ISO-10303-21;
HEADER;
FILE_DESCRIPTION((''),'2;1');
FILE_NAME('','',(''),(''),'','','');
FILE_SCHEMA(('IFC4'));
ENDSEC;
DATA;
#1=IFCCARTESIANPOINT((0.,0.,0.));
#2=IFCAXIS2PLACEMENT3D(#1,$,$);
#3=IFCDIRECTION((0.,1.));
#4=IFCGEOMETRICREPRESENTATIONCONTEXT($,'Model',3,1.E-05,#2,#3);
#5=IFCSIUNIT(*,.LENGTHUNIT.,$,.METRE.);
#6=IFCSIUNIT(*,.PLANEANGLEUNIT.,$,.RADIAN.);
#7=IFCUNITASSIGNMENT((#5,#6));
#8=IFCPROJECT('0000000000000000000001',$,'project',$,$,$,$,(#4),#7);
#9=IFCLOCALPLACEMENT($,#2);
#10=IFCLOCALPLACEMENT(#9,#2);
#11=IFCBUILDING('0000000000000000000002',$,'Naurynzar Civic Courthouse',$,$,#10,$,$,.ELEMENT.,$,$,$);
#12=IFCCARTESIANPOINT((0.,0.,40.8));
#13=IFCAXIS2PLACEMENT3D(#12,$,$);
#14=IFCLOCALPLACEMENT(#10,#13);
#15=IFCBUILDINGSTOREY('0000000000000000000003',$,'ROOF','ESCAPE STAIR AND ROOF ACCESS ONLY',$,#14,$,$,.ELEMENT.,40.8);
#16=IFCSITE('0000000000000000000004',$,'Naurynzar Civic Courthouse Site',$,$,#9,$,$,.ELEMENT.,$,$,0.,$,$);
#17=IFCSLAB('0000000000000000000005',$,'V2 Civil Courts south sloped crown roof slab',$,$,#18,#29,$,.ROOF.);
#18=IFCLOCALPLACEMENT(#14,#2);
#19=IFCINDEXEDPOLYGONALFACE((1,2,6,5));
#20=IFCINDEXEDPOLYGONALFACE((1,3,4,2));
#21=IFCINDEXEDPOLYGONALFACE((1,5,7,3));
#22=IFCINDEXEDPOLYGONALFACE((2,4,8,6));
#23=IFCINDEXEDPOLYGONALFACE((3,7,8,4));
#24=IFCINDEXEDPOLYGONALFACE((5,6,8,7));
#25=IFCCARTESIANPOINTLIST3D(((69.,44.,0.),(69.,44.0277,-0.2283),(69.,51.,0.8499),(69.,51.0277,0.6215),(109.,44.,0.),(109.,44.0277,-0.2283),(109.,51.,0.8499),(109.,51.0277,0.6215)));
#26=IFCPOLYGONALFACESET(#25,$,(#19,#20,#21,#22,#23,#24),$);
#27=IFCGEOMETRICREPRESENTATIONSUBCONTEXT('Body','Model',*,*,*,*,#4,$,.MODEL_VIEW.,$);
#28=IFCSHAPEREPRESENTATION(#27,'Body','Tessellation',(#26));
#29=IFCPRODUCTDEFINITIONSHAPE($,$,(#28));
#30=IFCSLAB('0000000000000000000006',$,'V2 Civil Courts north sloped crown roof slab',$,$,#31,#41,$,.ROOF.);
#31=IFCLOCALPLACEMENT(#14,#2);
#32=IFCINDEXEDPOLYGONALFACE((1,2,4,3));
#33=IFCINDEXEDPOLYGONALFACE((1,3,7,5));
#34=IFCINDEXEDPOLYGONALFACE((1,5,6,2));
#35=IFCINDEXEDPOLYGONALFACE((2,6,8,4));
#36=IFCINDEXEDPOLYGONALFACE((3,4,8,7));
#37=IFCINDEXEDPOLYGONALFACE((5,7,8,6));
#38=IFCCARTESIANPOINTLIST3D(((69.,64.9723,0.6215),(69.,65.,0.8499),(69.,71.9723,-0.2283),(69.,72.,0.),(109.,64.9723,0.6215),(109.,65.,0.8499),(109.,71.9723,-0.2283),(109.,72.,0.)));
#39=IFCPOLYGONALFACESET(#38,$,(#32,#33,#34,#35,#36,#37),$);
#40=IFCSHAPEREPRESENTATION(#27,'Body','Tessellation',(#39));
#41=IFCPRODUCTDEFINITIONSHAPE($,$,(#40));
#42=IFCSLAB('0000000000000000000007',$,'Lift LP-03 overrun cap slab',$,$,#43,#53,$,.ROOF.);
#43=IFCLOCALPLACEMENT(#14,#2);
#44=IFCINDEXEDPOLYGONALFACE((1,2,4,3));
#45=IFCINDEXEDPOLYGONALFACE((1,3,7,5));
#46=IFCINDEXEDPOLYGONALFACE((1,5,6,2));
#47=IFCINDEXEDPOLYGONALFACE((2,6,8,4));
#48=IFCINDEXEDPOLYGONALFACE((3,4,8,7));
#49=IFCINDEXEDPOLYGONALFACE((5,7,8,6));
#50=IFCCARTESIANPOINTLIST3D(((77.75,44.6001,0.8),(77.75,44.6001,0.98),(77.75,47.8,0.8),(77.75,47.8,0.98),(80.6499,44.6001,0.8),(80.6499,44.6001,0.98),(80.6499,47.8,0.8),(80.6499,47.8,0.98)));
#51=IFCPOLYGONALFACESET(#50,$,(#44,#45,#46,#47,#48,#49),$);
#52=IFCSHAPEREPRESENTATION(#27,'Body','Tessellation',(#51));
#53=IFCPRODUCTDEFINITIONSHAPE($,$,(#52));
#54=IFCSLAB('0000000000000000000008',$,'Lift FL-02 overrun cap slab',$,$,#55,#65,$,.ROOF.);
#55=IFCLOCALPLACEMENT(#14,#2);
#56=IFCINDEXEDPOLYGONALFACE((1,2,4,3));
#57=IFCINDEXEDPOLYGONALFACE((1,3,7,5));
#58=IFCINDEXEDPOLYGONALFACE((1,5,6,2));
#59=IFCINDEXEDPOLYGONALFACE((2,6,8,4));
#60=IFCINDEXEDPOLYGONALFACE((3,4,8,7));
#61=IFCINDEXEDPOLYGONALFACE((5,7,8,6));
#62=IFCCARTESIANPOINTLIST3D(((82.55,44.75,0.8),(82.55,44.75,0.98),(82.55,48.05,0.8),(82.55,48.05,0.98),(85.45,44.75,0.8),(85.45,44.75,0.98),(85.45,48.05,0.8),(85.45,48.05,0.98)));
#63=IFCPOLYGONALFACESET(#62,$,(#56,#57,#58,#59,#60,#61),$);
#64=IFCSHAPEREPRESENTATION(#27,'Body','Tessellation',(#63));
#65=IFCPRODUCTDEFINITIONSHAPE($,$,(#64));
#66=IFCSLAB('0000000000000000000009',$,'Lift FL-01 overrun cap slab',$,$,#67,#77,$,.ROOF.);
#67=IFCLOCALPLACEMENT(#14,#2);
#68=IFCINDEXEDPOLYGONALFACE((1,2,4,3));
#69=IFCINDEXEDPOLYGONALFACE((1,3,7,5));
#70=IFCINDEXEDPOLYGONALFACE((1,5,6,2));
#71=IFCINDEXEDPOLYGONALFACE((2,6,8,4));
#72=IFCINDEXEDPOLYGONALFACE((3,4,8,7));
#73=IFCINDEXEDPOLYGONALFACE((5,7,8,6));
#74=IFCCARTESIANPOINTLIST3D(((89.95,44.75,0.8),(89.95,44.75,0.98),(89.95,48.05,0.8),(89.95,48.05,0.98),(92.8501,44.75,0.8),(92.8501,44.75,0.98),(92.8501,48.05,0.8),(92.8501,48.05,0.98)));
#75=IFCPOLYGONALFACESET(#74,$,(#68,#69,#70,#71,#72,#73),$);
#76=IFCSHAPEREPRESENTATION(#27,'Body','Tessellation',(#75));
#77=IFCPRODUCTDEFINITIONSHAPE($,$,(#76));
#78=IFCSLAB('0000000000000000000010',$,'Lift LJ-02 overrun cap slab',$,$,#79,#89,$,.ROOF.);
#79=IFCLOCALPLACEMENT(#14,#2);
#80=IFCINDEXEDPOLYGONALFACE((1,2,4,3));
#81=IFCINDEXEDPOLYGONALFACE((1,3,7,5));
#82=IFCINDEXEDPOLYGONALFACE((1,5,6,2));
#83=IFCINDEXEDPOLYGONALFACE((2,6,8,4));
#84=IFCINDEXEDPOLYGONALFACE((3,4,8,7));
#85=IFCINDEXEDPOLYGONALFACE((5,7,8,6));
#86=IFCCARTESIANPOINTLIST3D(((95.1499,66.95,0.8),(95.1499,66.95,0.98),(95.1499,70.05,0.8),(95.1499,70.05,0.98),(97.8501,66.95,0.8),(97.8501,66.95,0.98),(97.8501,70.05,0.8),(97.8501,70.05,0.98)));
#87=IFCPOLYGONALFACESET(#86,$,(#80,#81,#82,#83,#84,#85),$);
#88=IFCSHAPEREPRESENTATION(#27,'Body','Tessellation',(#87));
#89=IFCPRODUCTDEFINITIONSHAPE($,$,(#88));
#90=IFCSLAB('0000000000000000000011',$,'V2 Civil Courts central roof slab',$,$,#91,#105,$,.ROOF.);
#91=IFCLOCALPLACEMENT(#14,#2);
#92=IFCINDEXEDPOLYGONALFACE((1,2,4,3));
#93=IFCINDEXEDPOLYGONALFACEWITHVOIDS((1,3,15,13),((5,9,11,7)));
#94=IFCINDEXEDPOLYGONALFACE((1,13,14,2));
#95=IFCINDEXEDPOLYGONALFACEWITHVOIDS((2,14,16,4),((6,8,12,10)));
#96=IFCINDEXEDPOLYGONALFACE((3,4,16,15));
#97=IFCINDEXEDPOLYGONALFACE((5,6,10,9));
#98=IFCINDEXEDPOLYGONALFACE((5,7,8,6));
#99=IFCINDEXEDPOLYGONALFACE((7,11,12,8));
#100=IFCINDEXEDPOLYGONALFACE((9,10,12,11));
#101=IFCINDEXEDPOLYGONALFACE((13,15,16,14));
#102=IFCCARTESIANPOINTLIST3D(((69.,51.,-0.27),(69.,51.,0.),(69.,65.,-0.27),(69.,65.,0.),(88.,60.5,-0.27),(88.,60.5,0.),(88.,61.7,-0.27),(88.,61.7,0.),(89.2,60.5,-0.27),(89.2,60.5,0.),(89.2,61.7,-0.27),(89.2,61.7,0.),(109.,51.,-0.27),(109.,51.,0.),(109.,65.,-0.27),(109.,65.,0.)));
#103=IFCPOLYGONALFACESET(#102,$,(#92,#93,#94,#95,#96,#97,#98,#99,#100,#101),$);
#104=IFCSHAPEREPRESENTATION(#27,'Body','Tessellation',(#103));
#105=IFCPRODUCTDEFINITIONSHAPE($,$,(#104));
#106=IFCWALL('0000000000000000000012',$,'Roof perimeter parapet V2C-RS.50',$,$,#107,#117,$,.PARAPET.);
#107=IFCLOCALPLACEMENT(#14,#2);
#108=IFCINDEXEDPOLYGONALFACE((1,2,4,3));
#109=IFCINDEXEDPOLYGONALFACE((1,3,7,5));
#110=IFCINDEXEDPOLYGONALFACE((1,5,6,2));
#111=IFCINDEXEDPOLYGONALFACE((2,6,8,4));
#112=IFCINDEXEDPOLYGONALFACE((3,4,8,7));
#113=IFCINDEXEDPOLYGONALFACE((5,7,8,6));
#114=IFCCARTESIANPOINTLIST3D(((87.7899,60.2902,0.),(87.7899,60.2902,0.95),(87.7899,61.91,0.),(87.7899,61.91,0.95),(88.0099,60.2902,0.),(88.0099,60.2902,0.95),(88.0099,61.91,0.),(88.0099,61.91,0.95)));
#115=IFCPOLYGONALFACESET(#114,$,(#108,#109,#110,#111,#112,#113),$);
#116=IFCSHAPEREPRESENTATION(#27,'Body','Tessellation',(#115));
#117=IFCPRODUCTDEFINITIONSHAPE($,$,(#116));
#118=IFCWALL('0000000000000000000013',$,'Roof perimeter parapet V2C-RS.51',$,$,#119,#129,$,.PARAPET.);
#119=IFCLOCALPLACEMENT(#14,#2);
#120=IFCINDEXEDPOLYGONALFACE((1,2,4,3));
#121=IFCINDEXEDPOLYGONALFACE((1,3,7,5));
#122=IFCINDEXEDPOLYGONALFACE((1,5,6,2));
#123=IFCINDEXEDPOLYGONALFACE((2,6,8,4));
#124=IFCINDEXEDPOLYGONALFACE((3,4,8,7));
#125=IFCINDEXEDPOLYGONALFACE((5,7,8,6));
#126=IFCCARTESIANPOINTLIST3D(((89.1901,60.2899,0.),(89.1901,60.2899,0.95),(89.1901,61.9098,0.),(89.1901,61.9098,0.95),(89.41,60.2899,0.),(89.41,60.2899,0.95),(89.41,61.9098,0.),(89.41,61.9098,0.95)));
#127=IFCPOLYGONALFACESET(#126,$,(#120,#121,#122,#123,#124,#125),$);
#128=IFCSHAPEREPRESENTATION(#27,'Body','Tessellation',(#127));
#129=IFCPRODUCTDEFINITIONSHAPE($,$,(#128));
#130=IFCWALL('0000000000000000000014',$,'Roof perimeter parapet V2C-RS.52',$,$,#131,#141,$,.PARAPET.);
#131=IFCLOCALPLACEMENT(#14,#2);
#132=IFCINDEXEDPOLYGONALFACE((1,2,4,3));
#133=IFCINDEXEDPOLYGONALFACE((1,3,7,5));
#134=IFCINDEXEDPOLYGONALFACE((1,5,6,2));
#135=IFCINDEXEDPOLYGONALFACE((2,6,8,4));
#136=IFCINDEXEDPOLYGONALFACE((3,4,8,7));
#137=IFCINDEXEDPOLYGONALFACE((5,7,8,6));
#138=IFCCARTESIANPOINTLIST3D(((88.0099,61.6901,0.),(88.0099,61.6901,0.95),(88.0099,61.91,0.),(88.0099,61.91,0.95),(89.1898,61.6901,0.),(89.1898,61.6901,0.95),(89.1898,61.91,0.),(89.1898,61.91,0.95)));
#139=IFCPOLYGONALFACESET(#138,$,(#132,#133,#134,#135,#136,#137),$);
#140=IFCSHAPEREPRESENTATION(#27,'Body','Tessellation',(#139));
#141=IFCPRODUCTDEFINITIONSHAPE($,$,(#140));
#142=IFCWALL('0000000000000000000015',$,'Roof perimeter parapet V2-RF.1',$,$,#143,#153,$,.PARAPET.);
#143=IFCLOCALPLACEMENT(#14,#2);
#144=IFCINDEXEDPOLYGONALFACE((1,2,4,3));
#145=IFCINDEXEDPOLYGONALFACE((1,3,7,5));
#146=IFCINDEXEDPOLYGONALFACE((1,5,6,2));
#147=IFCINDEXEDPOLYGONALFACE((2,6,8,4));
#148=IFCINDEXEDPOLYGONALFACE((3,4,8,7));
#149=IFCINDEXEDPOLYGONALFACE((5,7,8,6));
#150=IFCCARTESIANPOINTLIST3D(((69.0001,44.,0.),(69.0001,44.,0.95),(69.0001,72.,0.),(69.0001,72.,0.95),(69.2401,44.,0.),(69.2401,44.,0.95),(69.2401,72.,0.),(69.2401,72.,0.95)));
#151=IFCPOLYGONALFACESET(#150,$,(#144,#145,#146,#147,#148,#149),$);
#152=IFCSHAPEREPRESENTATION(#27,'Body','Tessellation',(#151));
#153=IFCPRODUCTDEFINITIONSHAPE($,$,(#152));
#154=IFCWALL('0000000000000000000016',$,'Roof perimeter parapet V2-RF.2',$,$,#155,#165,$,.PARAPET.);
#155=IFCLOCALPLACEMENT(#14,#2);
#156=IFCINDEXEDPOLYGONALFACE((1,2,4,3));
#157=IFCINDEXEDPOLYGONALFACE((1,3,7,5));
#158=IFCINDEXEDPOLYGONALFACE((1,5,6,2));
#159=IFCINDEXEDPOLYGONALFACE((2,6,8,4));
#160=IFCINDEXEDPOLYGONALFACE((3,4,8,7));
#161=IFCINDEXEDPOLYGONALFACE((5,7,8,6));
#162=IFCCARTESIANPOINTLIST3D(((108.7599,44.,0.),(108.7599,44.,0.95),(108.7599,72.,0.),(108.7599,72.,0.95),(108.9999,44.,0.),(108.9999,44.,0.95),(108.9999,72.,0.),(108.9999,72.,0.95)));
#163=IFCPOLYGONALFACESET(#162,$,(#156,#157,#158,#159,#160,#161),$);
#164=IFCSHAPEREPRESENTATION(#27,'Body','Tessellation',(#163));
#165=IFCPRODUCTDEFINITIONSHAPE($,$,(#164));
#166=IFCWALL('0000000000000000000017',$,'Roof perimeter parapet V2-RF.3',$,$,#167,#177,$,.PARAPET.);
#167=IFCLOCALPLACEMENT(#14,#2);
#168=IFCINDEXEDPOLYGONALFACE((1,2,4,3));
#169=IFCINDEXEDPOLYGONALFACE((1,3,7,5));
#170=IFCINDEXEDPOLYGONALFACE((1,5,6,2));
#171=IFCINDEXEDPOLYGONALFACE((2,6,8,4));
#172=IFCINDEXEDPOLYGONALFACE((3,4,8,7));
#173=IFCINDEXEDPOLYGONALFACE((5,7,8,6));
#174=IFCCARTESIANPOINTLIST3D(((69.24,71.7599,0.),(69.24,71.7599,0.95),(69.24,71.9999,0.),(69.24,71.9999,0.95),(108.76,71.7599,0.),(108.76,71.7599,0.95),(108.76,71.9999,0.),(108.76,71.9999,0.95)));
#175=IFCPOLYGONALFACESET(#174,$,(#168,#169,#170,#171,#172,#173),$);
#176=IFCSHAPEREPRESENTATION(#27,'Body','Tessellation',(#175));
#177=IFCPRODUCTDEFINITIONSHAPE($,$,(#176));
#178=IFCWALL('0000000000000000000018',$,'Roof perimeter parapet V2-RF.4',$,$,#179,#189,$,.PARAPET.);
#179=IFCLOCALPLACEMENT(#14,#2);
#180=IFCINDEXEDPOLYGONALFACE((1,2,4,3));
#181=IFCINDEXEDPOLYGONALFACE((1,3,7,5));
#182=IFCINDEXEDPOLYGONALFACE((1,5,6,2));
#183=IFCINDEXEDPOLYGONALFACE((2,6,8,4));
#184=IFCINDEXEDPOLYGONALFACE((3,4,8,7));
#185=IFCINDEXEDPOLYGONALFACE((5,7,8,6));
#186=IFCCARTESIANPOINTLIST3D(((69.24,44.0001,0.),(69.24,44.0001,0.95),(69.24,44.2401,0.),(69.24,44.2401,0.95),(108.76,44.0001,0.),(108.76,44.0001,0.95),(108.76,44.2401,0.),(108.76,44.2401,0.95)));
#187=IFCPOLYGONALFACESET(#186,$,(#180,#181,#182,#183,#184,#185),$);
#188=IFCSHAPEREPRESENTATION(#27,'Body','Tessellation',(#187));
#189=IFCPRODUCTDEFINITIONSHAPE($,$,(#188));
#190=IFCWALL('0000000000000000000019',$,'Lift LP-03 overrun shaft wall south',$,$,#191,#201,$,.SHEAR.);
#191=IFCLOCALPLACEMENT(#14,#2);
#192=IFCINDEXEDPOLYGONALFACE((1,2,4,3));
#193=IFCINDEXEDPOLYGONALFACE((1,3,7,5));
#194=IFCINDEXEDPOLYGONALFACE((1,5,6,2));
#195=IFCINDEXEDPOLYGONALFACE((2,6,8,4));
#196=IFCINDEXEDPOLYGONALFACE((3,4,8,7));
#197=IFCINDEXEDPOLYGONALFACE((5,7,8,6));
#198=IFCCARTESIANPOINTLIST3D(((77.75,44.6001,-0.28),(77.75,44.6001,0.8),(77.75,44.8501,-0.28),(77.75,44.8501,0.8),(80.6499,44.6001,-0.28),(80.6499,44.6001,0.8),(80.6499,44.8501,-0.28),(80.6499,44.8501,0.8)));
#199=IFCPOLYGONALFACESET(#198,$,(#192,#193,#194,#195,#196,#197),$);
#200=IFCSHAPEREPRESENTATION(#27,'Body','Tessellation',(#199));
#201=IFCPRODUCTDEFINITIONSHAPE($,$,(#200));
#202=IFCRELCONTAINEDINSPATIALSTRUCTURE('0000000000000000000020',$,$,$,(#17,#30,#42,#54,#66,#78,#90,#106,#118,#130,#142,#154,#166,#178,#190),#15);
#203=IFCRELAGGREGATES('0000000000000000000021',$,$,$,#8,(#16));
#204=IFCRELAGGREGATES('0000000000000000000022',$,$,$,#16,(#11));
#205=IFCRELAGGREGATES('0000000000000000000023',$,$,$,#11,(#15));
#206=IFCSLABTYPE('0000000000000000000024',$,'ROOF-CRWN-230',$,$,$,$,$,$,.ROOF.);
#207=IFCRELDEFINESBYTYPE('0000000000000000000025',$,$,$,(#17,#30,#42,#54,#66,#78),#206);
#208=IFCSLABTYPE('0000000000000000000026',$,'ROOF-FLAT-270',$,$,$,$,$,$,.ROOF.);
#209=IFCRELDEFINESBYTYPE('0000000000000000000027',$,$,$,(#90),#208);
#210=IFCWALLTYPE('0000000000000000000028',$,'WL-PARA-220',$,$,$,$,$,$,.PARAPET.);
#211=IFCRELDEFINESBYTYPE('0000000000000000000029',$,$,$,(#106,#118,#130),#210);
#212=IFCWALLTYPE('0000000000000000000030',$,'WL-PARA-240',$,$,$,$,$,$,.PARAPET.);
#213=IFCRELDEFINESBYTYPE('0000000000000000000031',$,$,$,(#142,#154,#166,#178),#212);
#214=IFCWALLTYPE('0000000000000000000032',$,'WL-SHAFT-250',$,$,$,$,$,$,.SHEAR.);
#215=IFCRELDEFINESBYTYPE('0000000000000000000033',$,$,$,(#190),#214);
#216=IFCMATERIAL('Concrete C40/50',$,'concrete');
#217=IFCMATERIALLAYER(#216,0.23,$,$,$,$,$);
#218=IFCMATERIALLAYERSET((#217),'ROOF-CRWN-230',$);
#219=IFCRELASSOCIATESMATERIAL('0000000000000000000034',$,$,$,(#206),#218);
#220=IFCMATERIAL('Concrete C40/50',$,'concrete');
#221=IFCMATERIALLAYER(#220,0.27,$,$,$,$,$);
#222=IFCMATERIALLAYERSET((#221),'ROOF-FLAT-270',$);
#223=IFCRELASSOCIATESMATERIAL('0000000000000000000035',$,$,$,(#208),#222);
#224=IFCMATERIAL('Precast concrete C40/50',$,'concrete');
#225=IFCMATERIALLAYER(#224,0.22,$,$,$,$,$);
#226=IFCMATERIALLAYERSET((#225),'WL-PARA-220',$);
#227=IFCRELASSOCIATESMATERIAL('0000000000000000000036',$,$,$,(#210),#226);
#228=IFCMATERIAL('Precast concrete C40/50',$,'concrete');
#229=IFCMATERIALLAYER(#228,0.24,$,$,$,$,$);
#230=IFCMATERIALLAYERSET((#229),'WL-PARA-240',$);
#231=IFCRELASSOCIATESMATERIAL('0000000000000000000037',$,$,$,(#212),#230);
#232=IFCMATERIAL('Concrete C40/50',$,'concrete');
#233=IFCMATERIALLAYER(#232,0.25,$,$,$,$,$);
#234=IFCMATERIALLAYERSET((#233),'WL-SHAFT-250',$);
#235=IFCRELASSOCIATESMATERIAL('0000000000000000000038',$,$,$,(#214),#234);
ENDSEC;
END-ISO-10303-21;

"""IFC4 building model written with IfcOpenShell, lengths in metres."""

from ifc_helpers import new_model, si_unit, direction, frame, frame_2d, origin, place, context, subcontext, project, spatial, polyline, rectangle, outline, extrude, material, layer, layer_set, type_object, element, save


model = new_model("IFC4")

# Units and contexts
model_context = context("Model", 3, precision=1e-05, world=origin(), true_north=direction((0.0, 1.0)))
body_context = subcontext(model_context, "Body", "Model", "MODEL_VIEW")
ifc_project = project(units=[si_unit("LENGTHUNIT", "METRE"), si_unit("PLANEANGLEUNIT", "RADIAN")], contexts=[model_context])

# Site, building, storey
site_placement = place(None, origin())
site = spatial("IfcSite", under=ifc_project, at=site_placement, Name="Naurynzar Civic Courthouse Site", CompositionType="ELEMENT", RefElevation=0.0)
building_placement = place(site_placement, origin())
building = spatial("IfcBuilding", under=site, at=building_placement, Name="Naurynzar Civic Courthouse", CompositionType="ELEMENT")
storey_placement = place(building_placement, frame((0.0, 0.0, 40.8)))
storey = spatial("IfcBuildingStorey", under=building, at=storey_placement, Name="ROOF", Description="ESCAPE STAIR AND ROOF ACCESS ONLY", CompositionType="ELEMENT", Elevation=40.8)

# Slabs
ifc_material_1 = material(Name="Concrete C40/50", Category="concrete")
ifc_layer_1 = layer(ifc_material_1, 0.23)
ifc_layer_set_1 = layer_set([ifc_layer_1], Name="ROOF-CRWN-230")
slab_type_1 = type_object("IfcSlabType", Name="ROOF-CRWN-230", PredefinedType="ROOF", material=ifc_layer_set_1)
for number, where, z_axis, x_axis, name in (
    (1, (69.0, 44.0, 0.0), (0.0, -0.120523, 0.992711), (1.0, 0.0, 0.0), "V2 Civil Courts south sloped crown roof slab"),
    (2, (69.0, 65.0, 0.8499), (0.0, 0.120523, 0.992711), (1.0, 0.0, 0.0), "V2 Civil Courts north sloped crown roof slab"),
):
    element("IfcSlab", number, at=place(storey_placement, frame(where, z_axis=z_axis, x_axis=x_axis)), inside=storey, type_object=slab_type_1, Name=name, PredefinedType="ROOF", context=body_context, shape_type="SweptSolid", body=[
        extrude(outline(polyline([(0.0, 0.0), (40.0, 0.0), (40.0, 7.0514), (0.0, 7.0514), (0.0, 0.0)])), origin(), (0.0, 0.0, -1.0), 0.23),
    ])
slab_1_placement = place(storey_placement, frame((0.0, 0.0, 0.8)))
element("IfcSlab", 3, at=slab_1_placement, inside=storey, type_object=slab_type_1, Name="Lift LP-03 overrun cap slab", PredefinedType="ROOF", context=body_context, shape_type="SweptSolid", body=[
    extrude(outline(polyline([(77.75, 44.6001), (80.6499, 44.6001), (80.6499, 47.8), (77.75, 47.8), (77.75, 44.6001)])), origin(), (0.0, 0.0, 1.0), 0.1799),
])
slab_2_placement = place(storey_placement, frame((0.0, 0.0, 0.8)))
element("IfcSlab", 4, at=slab_2_placement, inside=storey, type_object=slab_type_1, Name="Lift FL-02 overrun cap slab", PredefinedType="ROOF", context=body_context, shape_type="SweptSolid", body=[
    extrude(outline(polyline([(82.55, 44.75), (85.45, 44.75), (85.45, 48.05), (82.55, 48.05), (82.55, 44.75)])), origin(), (0.0, 0.0, 1.0), 0.1799),
])
slab_3_placement = place(storey_placement, frame((0.0, 0.0, 0.8)))
element("IfcSlab", 5, at=slab_3_placement, inside=storey, type_object=slab_type_1, Name="Lift FL-01 overrun cap slab", PredefinedType="ROOF", context=body_context, shape_type="SweptSolid", body=[
    extrude(outline(polyline([(89.95, 44.75), (92.8501, 44.75), (92.8501, 48.05), (89.95, 48.05), (89.95, 44.75)])), origin(), (0.0, 0.0, 1.0), 0.1799),
])
slab_4_placement = place(storey_placement, frame((0.0, 0.0, 0.8)))
element("IfcSlab", 6, at=slab_4_placement, inside=storey, type_object=slab_type_1, Name="Lift LJ-02 overrun cap slab", PredefinedType="ROOF", context=body_context, shape_type="SweptSolid", body=[
    extrude(outline(polyline([(95.1499, 66.95), (97.8501, 66.95), (97.8501, 70.05), (95.1499, 70.05), (95.1499, 66.95)])), origin(), (0.0, 0.0, 1.0), 0.1799),
])
ifc_material_2 = material(Name="Concrete C40/50", Category="concrete")
ifc_layer_2 = layer(ifc_material_2, 0.27)
ifc_layer_set_2 = layer_set([ifc_layer_2], Name="ROOF-FLAT-270")
slab_type_2 = type_object("IfcSlabType", Name="ROOF-FLAT-270", PredefinedType="ROOF", material=ifc_layer_set_2)
slab_5_placement = place(storey_placement, frame((0.0, 0.0, -0.27)))
element("IfcSlab", 7, at=slab_5_placement, inside=storey, type_object=slab_type_2, Name="V2 Civil Courts central roof slab", PredefinedType="ROOF", context=body_context, shape_type="SweptSolid", body=[
    extrude(outline(polyline([(69.0, 51.0), (109.0, 51.0), (109.0, 65.0), (69.0, 65.0), (69.0, 51.0)]), holes=[polyline([(88.0, 60.5), (89.2, 60.5), (89.2, 61.7), (88.0, 61.7), (88.0, 60.5)])]), origin(), (0.0, 0.0, 1.0), 0.27),
])

# Walls
ifc_material_3 = material(Name="Precast concrete C40/50", Category="concrete")
ifc_layer_3 = layer(ifc_material_3, 0.22)
ifc_layer_set_3 = layer_set([ifc_layer_3], Name="WL-PARA-220")
wall_type_1 = type_object("IfcWallType", Name="WL-PARA-220", PredefinedType="PARAPET", material=ifc_layer_set_3)
for number, where, z_axis, x_axis, name in (
    (8, (87.8999, 60.29, 0.0), (0.0, 0.0, 1.0), (0.0, 1.0, 0.0), "Roof perimeter parapet V2C-RS.50"),
    (9, (89.3, 61.9099, 0.0), (0.0, 0.0, 1.0), (0.0, -1.0, 0.0), "Roof perimeter parapet V2C-RS.51"),
):
    element("IfcWall", number, at=place(storey_placement, frame(where, z_axis=z_axis, x_axis=x_axis)), inside=storey, type_object=wall_type_1, Name=name, PredefinedType="PARAPET", context=body_context, shape_type="SweptSolid", body=[
        extrude(rectangle(XDim=1.6199, YDim=0.22, at=frame_2d((0.8101, 0.0))), origin(), (0.0, 0.0, 1.0), 0.95),
    ])
for number, where, z_axis, x_axis, name in (
    (10, (88.01, 61.8, 0.0), (0.0, 0.0, 1.0), (1.0, 0.0, 0.0), "Roof perimeter parapet V2C-RS.52"),
):
    element("IfcWall", number, at=place(storey_placement, frame(where, z_axis=z_axis, x_axis=x_axis)), inside=storey, type_object=wall_type_1, Name=name, PredefinedType="PARAPET", context=body_context, shape_type="SweptSolid", body=[
        extrude(rectangle(XDim=1.1799, YDim=0.22, at=frame_2d((0.5898, 0.0))), origin(), (0.0, 0.0, 1.0), 0.95),
    ])
ifc_material_4 = material(Name="Precast concrete C40/50", Category="concrete")
ifc_layer_4 = layer(ifc_material_4, 0.24)
ifc_layer_set_4 = layer_set([ifc_layer_4], Name="WL-PARA-240")
wall_type_2 = type_object("IfcWallType", Name="WL-PARA-240", PredefinedType="PARAPET", material=ifc_layer_set_4)
for number, where, z_axis, x_axis, name in (
    (11, (69.1201, 44.0, 0.0), (0.0, 0.0, 1.0), (0.0, 1.0, 0.0), "Roof perimeter parapet V2-RF.1"),
    (12, (108.8799, 72.0, 0.0), (0.0, 0.0, 1.0), (0.0, -1.0, 0.0), "Roof perimeter parapet V2-RF.2"),
):
    element("IfcWall", number, at=place(storey_placement, frame(where, z_axis=z_axis, x_axis=x_axis)), inside=storey, type_object=wall_type_2, Name=name, PredefinedType="PARAPET", context=body_context, shape_type="SweptSolid", body=[
        extrude(rectangle(XDim=28.0, YDim=0.24, at=frame_2d((14.0, 0.0))), origin(), (0.0, 0.0, 1.0), 0.95),
    ])
for number, where, z_axis, x_axis, name in (
    (13, (69.24, 71.8799, 0.0), (0.0, 0.0, 1.0), (1.0, 0.0, 0.0), "Roof perimeter parapet V2-RF.3"),
    (14, (108.76, 44.1201, 0.0), (0.0, 0.0, 1.0), (-1.0, 0.0, 0.0), "Roof perimeter parapet V2-RF.4"),
):
    element("IfcWall", number, at=place(storey_placement, frame(where, z_axis=z_axis, x_axis=x_axis)), inside=storey, type_object=wall_type_2, Name=name, PredefinedType="PARAPET", context=body_context, shape_type="SweptSolid", body=[
        extrude(rectangle(XDim=39.52, YDim=0.24, at=frame_2d((19.76, 0.0))), origin(), (0.0, 0.0, 1.0), 0.95),
    ])
ifc_material_5 = material(Name="Concrete C40/50", Category="concrete")
ifc_layer_5 = layer(ifc_material_5, 0.25)
ifc_layer_set_5 = layer_set([ifc_layer_5], Name="WL-SHAFT-250")
wall_type_3 = type_object("IfcWallType", Name="WL-SHAFT-250", PredefinedType="SHEAR", material=ifc_layer_set_5)
for number, where, z_axis, x_axis, name in (
    (15, (77.75, 44.7251, -0.28), (0.0, 0.0, 1.0), (1.0, 0.0, 0.0), "Lift LP-03 overrun shaft wall south"),
):
    element("IfcWall", number, at=place(storey_placement, frame(where, z_axis=z_axis, x_axis=x_axis)), inside=storey, type_object=wall_type_3, Name=name, PredefinedType="SHEAR", context=body_context, shape_type="SweptSolid", body=[
        extrude(rectangle(XDim=2.8999, YDim=0.25, at=frame_2d((1.45, 0.0))), origin(), (0.0, 0.0, 1.0), 1.0801),
    ])

save(model, "model.ifc")
